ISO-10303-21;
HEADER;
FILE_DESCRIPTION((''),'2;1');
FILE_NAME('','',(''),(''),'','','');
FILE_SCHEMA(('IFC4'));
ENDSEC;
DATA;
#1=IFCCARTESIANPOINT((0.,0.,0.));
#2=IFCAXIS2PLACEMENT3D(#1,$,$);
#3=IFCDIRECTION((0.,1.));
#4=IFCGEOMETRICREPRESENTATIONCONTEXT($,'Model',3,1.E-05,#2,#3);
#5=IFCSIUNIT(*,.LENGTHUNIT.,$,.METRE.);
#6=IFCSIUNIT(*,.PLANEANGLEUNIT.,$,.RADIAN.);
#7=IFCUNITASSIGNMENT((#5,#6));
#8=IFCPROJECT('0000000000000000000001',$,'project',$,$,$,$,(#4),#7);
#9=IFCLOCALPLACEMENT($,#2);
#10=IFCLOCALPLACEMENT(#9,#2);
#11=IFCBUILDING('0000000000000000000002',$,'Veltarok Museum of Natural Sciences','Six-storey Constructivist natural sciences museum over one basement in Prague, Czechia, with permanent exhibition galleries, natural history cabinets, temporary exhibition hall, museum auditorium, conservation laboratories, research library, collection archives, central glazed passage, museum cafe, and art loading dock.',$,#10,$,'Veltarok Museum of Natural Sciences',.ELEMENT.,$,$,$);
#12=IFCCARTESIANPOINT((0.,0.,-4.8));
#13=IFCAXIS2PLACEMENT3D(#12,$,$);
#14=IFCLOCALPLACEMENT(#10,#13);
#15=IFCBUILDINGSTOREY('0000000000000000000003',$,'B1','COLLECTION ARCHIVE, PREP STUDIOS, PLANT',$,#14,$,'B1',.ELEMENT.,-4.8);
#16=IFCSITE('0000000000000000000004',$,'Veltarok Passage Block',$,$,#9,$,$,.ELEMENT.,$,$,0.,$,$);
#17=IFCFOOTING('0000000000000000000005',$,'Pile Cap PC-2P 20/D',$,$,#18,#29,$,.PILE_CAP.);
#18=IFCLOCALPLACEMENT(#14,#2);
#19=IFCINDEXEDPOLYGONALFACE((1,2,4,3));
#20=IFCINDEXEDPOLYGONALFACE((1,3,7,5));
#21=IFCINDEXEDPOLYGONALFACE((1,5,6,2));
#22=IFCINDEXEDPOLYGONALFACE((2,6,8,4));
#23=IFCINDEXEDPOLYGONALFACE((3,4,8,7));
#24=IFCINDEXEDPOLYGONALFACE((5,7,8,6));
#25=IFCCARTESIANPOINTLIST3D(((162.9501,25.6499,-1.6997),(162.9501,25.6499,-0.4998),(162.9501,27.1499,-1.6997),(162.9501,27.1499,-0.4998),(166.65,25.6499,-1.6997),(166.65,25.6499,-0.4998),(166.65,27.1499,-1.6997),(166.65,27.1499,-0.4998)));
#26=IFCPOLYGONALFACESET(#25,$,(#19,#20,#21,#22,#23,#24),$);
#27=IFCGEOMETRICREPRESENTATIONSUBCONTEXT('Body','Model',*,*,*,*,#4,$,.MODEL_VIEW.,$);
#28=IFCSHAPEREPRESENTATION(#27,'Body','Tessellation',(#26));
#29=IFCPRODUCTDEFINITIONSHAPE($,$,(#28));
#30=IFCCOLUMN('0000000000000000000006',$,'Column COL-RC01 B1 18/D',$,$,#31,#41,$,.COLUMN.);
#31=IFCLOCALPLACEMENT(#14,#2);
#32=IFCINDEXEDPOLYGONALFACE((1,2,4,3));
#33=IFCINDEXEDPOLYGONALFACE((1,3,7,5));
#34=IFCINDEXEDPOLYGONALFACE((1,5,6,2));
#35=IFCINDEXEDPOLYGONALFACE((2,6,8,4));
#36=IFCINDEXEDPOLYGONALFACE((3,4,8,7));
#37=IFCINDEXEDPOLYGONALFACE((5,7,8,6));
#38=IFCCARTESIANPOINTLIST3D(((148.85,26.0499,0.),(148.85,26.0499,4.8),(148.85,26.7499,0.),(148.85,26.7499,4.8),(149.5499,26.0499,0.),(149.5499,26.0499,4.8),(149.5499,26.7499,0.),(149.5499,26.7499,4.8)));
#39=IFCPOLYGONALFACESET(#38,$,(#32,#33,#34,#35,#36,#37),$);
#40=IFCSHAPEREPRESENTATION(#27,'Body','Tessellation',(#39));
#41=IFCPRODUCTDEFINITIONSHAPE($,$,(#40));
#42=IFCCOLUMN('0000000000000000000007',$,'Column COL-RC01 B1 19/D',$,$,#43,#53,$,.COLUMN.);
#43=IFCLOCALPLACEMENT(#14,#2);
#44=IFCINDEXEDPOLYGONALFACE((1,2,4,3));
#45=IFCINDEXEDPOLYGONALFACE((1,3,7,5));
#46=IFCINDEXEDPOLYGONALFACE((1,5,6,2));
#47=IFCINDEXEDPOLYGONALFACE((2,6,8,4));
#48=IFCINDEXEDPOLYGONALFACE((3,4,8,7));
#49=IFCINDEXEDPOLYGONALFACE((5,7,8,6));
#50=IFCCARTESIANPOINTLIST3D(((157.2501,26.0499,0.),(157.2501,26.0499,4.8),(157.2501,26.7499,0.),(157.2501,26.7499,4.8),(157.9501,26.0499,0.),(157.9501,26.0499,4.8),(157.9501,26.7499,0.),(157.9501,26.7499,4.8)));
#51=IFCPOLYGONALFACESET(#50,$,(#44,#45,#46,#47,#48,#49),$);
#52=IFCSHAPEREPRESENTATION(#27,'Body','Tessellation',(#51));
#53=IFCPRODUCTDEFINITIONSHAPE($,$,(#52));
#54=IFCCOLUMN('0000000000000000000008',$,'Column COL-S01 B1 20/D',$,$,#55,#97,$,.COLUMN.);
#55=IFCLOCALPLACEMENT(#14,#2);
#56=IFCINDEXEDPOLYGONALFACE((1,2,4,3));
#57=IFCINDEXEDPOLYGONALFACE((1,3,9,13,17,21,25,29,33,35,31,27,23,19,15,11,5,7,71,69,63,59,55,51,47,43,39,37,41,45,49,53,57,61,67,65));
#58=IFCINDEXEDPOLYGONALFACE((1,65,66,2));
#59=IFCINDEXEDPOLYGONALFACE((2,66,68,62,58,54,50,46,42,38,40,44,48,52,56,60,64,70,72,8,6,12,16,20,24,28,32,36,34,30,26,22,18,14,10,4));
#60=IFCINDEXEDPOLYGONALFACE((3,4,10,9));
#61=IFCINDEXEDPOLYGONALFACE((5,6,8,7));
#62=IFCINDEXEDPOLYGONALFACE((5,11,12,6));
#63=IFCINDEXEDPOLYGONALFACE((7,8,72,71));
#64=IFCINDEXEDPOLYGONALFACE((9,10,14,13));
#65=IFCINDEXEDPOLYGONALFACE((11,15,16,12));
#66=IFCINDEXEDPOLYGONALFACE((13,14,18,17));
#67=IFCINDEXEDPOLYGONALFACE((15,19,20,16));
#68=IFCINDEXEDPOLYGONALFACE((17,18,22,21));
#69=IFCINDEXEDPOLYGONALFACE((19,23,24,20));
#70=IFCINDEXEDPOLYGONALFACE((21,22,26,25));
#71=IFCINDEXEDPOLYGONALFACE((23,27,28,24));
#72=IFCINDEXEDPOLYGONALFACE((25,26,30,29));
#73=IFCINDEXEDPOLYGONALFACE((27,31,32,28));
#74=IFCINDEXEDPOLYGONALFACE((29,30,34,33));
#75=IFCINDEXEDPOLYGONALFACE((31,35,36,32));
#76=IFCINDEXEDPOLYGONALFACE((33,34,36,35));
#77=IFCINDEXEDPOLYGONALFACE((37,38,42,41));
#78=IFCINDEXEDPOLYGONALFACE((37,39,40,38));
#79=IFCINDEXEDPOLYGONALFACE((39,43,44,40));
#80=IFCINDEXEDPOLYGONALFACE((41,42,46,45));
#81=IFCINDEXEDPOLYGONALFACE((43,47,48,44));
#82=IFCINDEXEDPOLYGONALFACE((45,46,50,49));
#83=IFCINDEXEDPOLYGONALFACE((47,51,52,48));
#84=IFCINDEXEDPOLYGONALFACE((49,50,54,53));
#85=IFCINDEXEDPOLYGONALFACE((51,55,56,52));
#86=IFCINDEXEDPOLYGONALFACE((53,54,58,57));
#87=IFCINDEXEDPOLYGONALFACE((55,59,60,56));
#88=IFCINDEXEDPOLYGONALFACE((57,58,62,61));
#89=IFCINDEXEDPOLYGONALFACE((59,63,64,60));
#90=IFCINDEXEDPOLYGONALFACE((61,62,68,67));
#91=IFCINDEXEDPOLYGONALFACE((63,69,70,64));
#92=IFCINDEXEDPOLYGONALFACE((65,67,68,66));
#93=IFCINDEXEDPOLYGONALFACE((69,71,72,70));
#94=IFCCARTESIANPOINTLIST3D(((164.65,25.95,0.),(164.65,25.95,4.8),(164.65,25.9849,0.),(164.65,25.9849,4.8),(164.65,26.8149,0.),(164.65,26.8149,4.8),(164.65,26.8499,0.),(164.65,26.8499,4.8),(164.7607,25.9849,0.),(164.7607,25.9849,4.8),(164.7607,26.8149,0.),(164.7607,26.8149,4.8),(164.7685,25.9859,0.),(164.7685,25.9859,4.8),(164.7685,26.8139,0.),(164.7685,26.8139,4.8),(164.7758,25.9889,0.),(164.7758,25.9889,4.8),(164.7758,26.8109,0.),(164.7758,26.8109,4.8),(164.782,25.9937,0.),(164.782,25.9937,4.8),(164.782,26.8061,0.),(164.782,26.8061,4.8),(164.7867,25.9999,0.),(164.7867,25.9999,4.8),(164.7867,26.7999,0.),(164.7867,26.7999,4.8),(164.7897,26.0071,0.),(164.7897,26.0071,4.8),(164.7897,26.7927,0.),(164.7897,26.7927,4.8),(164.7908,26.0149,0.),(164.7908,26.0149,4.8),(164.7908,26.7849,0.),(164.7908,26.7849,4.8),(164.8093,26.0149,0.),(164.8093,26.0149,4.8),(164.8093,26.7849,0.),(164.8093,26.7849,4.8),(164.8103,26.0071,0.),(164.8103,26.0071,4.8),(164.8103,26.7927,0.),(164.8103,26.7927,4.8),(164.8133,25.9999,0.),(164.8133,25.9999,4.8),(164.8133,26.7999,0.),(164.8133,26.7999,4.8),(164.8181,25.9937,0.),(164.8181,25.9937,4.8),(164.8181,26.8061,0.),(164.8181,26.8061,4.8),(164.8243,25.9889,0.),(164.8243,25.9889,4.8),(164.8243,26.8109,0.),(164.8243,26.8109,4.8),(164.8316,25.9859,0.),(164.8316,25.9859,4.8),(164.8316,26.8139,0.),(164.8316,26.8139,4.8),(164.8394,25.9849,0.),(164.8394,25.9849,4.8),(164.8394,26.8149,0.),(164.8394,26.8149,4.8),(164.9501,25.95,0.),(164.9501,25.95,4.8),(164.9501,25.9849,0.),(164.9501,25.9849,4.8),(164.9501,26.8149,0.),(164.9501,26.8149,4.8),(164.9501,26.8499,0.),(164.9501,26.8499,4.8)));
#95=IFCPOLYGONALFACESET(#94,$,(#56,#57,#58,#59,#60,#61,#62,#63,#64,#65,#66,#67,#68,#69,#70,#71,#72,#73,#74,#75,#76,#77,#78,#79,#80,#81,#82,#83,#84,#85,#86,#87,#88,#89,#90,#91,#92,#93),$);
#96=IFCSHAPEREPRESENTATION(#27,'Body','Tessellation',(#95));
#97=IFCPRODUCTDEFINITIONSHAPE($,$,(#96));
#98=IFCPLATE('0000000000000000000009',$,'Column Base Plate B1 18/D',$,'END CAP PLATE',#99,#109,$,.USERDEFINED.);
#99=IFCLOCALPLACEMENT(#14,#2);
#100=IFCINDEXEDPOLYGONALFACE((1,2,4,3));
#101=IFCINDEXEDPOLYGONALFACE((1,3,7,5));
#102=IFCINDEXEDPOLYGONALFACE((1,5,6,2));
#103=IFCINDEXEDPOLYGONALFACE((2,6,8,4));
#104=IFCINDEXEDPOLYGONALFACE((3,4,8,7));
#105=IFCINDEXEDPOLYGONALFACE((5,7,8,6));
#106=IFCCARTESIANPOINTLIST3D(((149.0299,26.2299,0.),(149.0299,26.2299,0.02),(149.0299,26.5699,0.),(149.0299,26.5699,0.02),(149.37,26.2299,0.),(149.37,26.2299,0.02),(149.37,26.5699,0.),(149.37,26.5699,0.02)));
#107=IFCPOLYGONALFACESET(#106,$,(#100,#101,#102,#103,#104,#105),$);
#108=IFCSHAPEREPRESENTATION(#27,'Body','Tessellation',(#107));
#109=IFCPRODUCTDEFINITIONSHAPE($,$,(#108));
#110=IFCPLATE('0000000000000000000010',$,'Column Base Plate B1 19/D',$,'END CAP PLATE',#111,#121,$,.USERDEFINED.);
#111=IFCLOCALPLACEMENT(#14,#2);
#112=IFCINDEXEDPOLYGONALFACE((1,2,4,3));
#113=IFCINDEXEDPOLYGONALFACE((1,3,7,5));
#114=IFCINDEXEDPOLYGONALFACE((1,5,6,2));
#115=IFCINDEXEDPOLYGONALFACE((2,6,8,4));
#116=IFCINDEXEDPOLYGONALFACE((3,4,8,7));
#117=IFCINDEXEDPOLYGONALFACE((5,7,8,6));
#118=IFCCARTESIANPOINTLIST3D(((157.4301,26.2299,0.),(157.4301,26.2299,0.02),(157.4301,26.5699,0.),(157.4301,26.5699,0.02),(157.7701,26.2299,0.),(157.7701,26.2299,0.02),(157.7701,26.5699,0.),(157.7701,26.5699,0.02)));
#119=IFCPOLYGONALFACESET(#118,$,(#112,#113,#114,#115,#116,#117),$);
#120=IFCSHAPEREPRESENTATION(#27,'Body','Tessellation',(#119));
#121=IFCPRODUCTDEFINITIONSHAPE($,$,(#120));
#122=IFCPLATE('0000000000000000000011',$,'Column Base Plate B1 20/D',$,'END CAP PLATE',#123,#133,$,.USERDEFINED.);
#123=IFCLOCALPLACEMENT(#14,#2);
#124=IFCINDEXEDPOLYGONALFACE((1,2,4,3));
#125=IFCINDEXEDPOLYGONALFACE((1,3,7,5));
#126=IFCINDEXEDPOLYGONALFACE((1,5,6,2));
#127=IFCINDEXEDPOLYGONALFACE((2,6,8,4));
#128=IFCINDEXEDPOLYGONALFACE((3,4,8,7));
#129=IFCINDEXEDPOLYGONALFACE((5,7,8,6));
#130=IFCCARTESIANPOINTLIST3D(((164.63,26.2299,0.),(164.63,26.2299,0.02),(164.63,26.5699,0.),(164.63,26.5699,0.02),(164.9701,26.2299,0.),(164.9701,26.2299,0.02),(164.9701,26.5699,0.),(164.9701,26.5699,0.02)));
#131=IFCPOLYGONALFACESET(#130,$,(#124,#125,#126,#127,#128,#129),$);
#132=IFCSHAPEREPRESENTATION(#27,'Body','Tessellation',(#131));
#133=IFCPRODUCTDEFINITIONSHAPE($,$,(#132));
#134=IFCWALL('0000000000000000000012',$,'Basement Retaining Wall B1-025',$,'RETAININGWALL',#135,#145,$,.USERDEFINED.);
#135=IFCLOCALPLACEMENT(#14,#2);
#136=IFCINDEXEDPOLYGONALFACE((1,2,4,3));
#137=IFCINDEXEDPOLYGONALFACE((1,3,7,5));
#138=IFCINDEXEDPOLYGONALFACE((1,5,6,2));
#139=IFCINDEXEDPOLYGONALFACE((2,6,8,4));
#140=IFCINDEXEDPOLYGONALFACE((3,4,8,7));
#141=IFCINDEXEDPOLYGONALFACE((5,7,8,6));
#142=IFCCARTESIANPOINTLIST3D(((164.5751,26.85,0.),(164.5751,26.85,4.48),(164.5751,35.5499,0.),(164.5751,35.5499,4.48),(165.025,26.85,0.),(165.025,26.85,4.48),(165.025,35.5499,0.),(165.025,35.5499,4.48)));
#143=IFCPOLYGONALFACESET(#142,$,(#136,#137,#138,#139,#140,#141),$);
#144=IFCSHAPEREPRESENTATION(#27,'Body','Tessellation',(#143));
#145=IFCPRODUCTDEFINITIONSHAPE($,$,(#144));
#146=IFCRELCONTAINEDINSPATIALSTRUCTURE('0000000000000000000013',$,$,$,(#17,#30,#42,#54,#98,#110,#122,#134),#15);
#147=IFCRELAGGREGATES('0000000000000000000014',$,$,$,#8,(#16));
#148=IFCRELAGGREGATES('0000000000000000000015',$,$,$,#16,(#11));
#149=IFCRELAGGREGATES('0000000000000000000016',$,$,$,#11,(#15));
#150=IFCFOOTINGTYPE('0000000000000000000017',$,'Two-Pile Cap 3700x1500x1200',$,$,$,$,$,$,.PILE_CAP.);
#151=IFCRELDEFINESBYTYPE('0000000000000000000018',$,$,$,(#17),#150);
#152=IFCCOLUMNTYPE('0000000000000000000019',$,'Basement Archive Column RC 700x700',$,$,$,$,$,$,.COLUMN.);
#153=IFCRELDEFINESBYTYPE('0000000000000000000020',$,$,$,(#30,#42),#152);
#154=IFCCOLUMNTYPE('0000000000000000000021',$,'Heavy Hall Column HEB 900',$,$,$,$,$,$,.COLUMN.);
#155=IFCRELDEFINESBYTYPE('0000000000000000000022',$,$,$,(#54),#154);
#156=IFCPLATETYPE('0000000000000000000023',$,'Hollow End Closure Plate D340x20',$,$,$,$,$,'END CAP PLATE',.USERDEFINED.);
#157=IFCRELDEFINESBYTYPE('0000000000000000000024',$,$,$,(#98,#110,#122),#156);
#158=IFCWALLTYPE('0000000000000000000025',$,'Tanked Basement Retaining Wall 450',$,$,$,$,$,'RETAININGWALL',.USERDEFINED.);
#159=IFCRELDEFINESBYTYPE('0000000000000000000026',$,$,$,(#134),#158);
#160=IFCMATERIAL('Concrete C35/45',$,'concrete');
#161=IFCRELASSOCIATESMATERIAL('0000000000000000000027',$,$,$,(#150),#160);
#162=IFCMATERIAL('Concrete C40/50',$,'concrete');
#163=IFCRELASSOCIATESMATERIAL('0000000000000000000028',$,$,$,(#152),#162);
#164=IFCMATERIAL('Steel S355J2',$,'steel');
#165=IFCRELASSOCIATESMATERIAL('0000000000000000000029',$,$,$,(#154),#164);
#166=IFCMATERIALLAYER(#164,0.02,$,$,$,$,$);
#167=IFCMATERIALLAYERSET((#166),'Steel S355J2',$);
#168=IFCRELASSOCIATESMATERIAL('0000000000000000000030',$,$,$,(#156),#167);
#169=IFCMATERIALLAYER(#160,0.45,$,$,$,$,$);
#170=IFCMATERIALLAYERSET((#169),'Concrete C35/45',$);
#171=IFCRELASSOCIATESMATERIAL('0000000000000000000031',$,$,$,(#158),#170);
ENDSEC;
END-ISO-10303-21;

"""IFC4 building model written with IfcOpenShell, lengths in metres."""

from ifc_helpers import new_model, si_unit, direction, frame, frame_2d, origin, origin_2d, place, context, subcontext, project, spatial, rectangle, i_section, extrude, material, layer, layer_set, material_profile, profile_set, type_object, element, save


model = new_model("IFC4")

# Units and contexts
model_context = context("Model", 3, precision=1e-05, world=origin(), true_north=direction((0.0, 1.0)))
body_context = subcontext(model_context, "Body", "Model", "MODEL_VIEW")
ifc_project = project(units=[si_unit("LENGTHUNIT", "METRE"), si_unit("PLANEANGLEUNIT", "RADIAN")], contexts=[model_context])

# Site, building, storey
site_placement = place(None, origin())
site = spatial("IfcSite", under=ifc_project, at=site_placement, Name="Veltarok Passage Block", CompositionType="ELEMENT", RefElevation=0.0)
building_placement = place(site_placement, origin())
building = spatial("IfcBuilding", under=site, at=building_placement, Name="Veltarok Museum of Natural Sciences", Description="Six-storey Constructivist natural sciences museum over one basement in Prague, Czechia, with permanent exhibition galleries, natural history cabinets, temporary exhibition hall, museum auditorium, conservation laboratories, research library, collection archives, central glazed passage, museum cafe, and art loading dock.", LongName="Veltarok Museum of Natural Sciences", CompositionType="ELEMENT")
storey_placement = place(building_placement, frame((0.0, 0.0, -4.8)))
storey = spatial("IfcBuildingStorey", under=building, at=storey_placement, Name="B1", Description="COLLECTION ARCHIVE, PREP STUDIOS, PLANT", LongName="B1", CompositionType="ELEMENT", Elevation=-4.8)

# Shared definitions
ifc_material_1 = material(Name="Concrete C35/45", Category="concrete")

# Footing
footing_type_1 = type_object("IfcFootingType", Name="Two-Pile Cap 3700x1500x1200", PredefinedType="PILE_CAP", material=ifc_material_1)
footing_1_placement = place(storey_placement, frame((164.8, 26.3999, -1.6997), z_axis=(0.0, 0.0, 1.0), x_axis=(1.0, 0.0, 0.0)))
element("IfcFooting", 1, at=footing_1_placement, inside=storey, type_object=footing_type_1, Name="Pile Cap PC-2P 20/D", PredefinedType="PILE_CAP", context=body_context, shape_type="SweptSolid", body=[
    extrude(rectangle(XDim=3.7, YDim=1.5, at=origin_2d()), origin(), (0.0, 0.0, 1.0), 1.2),
])

# Columns
ifc_material_2 = material(Name="Concrete C40/50", Category="concrete")
ifc_material_profile_1 = material_profile(ifc_material_2, rectangle(XDim=0.7, YDim=0.7, at=origin_2d()), Name="RC 700x700")
ifc_profile_set_1 = profile_set([ifc_material_profile_1], Name="Concrete C40/50")
column_type_1 = type_object("IfcColumnType", Name="Basement Archive Column RC 700x700", PredefinedType="COLUMN", material=ifc_profile_set_1)
for number, where, z_axis, x_axis, name in (
    (2, (149.2, 26.3999, 0.0), (0.0, 0.0, 1.0), (1.0, 0.0, 0.0), "Column COL-RC01 B1 18/D"),
    (3, (157.6001, 26.3999, 0.0), (0.0, 0.0, 1.0), (1.0, 0.0, 0.0), "Column COL-RC01 B1 19/D"),
):
    element("IfcColumn", number, at=place(storey_placement, frame(where, z_axis=z_axis, x_axis=x_axis)), inside=storey, type_object=column_type_1, Name=name, PredefinedType="COLUMN", context=body_context, shape_type="SweptSolid", body=[
        extrude(rectangle(XDim=0.7, YDim=0.7, at=origin_2d()), origin(), (0.0, 0.0, 1.0), 4.8),
    ])
ifc_material_3 = material(Name="Steel S355J2", Category="steel")
ifc_material_profile_2 = material_profile(ifc_material_3, i_section(OverallWidth=0.3, OverallDepth=0.8999, WebThickness=0.0186, FlangeThickness=0.0349, FilletRadius=0.03, at=origin_2d()), Name="HEB 900")
ifc_profile_set_2 = profile_set([ifc_material_profile_2], Name="Steel S355J2")
column_type_2 = type_object("IfcColumnType", Name="Heavy Hall Column HEB 900", PredefinedType="COLUMN", material=ifc_profile_set_2)
column_placement = place(storey_placement, frame((164.8, 26.3999, 0.0), z_axis=(0.0, 0.0, 1.0), x_axis=(1.0, 0.0, 0.0)))
element("IfcColumn", 4, at=column_placement, inside=storey, type_object=column_type_2, Name="Column COL-S01 B1 20/D", PredefinedType="COLUMN", context=body_context, shape_type="SweptSolid", body=[
    extrude(i_section(OverallWidth=0.3, OverallDepth=0.8999, WebThickness=0.0186, FlangeThickness=0.0349, FilletRadius=0.03, at=origin_2d()), origin(), (0.0, 0.0, 1.0), 4.8),
])

# Plates
ifc_layer_1 = layer(ifc_material_3, 0.02)
ifc_layer_set_1 = layer_set([ifc_layer_1], Name="Steel S355J2")
plate_type = type_object("IfcPlateType", Name="Hollow End Closure Plate D340x20", ElementType="END CAP PLATE", PredefinedType="USERDEFINED", material=ifc_layer_set_1)
for number, where, z_axis, x_axis, name in (
    (5, (149.2, 26.3999, 0.0), (0.0, 0.0, 1.0), (1.0, 0.0, 0.0), "Column Base Plate B1 18/D"),
    (6, (157.6001, 26.3999, 0.0), (0.0, 0.0, 1.0), (1.0, 0.0, 0.0), "Column Base Plate B1 19/D"),
    (7, (164.8, 26.3999, 0.0), (0.0, 0.0, 1.0), (1.0, 0.0, 0.0), "Column Base Plate B1 20/D"),
):
    element("IfcPlate", number, at=place(storey_placement, frame(where, z_axis=z_axis, x_axis=x_axis)), inside=storey, type_object=plate_type, Name=name, ObjectType="END CAP PLATE", PredefinedType="USERDEFINED", context=body_context, shape_type="SweptSolid", body=[
        extrude(rectangle(XDim=0.3401, YDim=0.3401, at=origin_2d()), origin(), (0.0, 0.0, 1.0), 0.02),
    ])

# Wall
ifc_layer_2 = layer(ifc_material_1, 0.45)
ifc_layer_set_2 = layer_set([ifc_layer_2], Name="Concrete C35/45")
wall_type = type_object("IfcWallType", Name="Tanked Basement Retaining Wall 450", ElementType="RETAININGWALL", PredefinedType="USERDEFINED", material=ifc_layer_set_2)
wall_placement = place(storey_placement, frame((164.8, 35.55, 0.0), z_axis=(0.0, 0.0, 1.0), x_axis=(0.0, -1.0, 0.0)))
element("IfcWall", 8, at=wall_placement, inside=storey, type_object=wall_type, Name="Basement Retaining Wall B1-025", ObjectType="RETAININGWALL", PredefinedType="USERDEFINED", context=body_context, shape_type="SweptSolid", body=[
    extrude(rectangle(XDim=8.7, YDim=0.45, at=frame_2d((4.3501, 0.0))), origin(), (0.0, 0.0, 1.0), 4.48),
])

save(model, "model.ifc")
